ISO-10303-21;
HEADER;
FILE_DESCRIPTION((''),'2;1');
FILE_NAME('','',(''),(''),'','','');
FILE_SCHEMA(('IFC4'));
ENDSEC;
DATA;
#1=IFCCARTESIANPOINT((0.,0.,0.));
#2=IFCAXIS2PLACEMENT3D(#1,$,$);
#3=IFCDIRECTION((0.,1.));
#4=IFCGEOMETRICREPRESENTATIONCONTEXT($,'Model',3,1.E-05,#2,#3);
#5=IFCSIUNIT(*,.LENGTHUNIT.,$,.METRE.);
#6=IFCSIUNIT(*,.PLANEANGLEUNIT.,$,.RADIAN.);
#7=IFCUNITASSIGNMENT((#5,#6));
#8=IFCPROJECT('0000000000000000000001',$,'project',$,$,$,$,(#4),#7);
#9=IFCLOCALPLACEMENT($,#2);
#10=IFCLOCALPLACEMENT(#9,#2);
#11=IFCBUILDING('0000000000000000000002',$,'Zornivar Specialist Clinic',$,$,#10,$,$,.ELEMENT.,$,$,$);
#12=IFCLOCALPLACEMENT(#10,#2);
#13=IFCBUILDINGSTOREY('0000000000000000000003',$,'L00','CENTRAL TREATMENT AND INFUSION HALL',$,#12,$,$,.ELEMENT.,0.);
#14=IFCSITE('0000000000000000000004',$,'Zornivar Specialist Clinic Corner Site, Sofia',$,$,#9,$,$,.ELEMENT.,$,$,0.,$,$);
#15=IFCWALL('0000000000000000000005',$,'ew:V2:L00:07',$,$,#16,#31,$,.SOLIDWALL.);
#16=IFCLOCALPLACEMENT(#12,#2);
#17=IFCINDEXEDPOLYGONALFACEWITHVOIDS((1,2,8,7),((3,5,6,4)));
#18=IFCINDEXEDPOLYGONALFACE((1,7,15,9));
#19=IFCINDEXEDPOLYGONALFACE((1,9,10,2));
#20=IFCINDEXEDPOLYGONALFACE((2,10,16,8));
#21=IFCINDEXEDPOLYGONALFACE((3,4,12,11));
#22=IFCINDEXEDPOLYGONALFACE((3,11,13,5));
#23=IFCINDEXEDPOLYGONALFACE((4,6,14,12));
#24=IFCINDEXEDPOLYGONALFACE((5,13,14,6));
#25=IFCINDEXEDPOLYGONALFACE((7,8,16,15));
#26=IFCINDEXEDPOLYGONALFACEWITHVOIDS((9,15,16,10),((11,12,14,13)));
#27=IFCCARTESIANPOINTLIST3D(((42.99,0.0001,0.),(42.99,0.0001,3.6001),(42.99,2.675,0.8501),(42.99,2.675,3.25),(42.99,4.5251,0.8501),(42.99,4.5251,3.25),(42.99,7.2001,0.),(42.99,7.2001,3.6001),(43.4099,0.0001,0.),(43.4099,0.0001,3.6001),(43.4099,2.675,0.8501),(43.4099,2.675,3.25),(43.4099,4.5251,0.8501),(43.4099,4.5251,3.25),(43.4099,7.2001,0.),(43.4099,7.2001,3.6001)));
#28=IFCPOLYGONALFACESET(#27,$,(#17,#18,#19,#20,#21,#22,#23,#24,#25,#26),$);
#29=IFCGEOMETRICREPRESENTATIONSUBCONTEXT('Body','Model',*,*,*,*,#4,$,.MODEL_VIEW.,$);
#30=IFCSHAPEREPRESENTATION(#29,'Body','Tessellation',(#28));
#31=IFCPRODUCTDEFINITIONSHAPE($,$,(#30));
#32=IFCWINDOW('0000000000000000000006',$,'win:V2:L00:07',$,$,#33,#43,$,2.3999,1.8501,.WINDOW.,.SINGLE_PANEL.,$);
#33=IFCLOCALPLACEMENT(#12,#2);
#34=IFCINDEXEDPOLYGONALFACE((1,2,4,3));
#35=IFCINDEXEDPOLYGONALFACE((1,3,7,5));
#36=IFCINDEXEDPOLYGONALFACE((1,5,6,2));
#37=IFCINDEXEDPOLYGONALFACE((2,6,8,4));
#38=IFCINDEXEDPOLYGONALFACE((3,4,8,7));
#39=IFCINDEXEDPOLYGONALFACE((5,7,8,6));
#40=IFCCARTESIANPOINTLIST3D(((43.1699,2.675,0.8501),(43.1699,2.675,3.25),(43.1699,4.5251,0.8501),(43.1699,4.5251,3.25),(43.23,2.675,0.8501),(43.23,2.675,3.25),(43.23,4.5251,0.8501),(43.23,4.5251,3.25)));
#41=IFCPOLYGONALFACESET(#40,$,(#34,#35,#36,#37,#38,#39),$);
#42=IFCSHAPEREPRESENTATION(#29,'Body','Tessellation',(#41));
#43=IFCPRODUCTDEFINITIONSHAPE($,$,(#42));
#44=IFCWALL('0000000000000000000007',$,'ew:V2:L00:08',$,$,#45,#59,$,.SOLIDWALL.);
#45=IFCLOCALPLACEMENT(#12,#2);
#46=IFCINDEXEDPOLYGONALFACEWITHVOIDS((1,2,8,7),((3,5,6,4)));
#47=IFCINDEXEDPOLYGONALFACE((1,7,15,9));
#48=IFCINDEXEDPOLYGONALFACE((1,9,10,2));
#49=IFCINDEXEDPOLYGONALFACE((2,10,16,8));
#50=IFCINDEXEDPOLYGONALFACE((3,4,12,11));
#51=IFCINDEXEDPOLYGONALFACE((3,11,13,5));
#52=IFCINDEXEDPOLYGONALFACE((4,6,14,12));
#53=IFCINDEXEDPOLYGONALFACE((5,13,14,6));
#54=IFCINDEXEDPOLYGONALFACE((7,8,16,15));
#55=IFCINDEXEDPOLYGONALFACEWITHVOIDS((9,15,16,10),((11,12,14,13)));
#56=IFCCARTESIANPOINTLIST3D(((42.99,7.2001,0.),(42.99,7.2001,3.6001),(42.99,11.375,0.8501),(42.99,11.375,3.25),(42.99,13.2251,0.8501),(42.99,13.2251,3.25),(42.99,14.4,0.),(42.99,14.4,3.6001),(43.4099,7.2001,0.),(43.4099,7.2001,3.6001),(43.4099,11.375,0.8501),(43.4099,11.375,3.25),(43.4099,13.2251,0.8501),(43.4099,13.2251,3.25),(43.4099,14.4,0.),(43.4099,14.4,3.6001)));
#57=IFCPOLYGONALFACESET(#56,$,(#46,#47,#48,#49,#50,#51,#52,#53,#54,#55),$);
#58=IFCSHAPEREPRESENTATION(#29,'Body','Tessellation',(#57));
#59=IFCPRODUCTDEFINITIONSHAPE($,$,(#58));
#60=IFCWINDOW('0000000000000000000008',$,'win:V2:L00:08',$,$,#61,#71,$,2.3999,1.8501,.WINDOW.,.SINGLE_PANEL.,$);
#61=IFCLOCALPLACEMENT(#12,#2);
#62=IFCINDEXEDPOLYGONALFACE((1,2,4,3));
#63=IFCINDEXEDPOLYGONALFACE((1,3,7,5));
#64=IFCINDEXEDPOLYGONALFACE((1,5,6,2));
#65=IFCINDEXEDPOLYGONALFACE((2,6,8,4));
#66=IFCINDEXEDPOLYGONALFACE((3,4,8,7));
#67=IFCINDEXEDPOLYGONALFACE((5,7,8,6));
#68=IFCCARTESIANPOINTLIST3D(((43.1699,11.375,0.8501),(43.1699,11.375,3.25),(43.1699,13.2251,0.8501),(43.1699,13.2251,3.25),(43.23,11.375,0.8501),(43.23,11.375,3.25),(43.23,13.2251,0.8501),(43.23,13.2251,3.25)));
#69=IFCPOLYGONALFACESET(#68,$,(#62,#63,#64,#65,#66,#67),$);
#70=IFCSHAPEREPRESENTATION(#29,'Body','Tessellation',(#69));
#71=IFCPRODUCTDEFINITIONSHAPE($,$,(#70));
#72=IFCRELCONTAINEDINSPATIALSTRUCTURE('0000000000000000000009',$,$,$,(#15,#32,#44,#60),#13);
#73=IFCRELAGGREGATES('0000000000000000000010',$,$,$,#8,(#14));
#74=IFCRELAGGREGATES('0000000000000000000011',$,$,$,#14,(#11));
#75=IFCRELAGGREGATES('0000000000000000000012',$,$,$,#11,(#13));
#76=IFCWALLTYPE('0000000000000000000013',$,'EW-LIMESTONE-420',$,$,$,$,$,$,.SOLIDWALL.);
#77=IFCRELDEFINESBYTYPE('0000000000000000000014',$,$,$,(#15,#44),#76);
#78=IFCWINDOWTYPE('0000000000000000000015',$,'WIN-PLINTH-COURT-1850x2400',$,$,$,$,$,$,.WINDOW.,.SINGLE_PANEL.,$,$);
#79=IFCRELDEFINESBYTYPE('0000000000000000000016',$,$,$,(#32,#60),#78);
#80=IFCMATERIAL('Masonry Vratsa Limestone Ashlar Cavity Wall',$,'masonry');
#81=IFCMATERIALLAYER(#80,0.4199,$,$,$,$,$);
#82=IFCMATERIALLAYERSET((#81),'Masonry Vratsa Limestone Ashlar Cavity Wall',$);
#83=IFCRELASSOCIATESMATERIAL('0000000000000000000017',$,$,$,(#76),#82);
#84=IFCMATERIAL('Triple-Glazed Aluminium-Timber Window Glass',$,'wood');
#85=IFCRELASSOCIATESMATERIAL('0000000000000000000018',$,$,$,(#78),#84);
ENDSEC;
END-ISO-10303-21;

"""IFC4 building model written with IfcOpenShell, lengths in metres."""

from ifc_helpers import new_model, si_unit, direction, frame, frame_2d, origin, place, context, subcontext, project, spatial, rectangle, extrude, material, layer, layer_set, type_object, element, fill, save


model = new_model("IFC4")

# Units and contexts
model_context = context("Model", 3, precision=1e-05, world=origin(), true_north=direction((0.0, 1.0)))
body_context = subcontext(model_context, "Body", "Model", "MODEL_VIEW")
ifc_project = project(units=[si_unit("LENGTHUNIT", "METRE"), si_unit("PLANEANGLEUNIT", "RADIAN")], contexts=[model_context])

# Site, building, storey
site_placement = place(None, origin())
site = spatial("IfcSite", under=ifc_project, at=site_placement, Name="Zornivar Specialist Clinic Corner Site, Sofia", CompositionType="ELEMENT", RefElevation=0.0)
building_placement = place(site_placement, origin())
building = spatial("IfcBuilding", under=site, at=building_placement, Name="Zornivar Specialist Clinic", CompositionType="ELEMENT")
storey_placement = place(building_placement, origin())
storey = spatial("IfcBuildingStorey", under=building, at=storey_placement, Name="L00", Description="CENTRAL TREATMENT AND INFUSION HALL", CompositionType="ELEMENT", Elevation=0.0)

# Walls, openings, windows
ifc_material_1 = material(Name="Masonry Vratsa Limestone Ashlar Cavity Wall", Category="masonry")
ifc_layer = layer(ifc_material_1, 0.4199)
ifc_layer_set = layer_set([ifc_layer], Name="Masonry Vratsa Limestone Ashlar Cavity Wall")
wall_type = type_object("IfcWallType", Name="EW-LIMESTONE-420", PredefinedType="SOLIDWALL", material=ifc_layer_set)
wall_1_placement = place(storey_placement, frame((43.2, 0.0, 0.0), z_axis=(0.0, 0.0, 1.0), x_axis=(0.0, 1.0, 0.0)))
wall_1 = element("IfcWall", 1, at=wall_1_placement, inside=storey, type_object=wall_type, Name="ew:V2:L00:07", PredefinedType="SOLIDWALL", context=body_context, shape_type="SweptSolid", body=[
    extrude(rectangle(XDim=7.2, YDim=0.4199, at=frame_2d((3.6001, 0.0))), origin(), (0.0, 0.0, 1.0), 3.6001),
])
opening_1_placement = place(wall_1_placement, frame((2.675, 0.0, 0.8501)))
opening_1 = element("IfcOpeningElement", 2, at=opening_1_placement, cuts=wall_1, PredefinedType="OPENING", context=body_context, shape_type="SweptSolid", body=[
    extrude(rectangle(XDim=1.8501, YDim=2.3999, at=frame_2d((0.925, 1.2))), frame((0.0, 0.22, 0.0), z_axis=(0.0, -1.0, 0.0), x_axis=(1.0, 0.0, 0.0)), (0.0, 0.0, 1.0), 0.4399),
])
ifc_material_2 = material(Name="Triple-Glazed Aluminium-Timber Window Glass", Category="wood")
window_type = type_object("IfcWindowType", Name="WIN-PLINTH-COURT-1850x2400", PartitioningType="SINGLE_PANEL", PredefinedType="WINDOW", material=ifc_material_2)
window_1_placement = place(opening_1_placement, origin())
window_1 = element("IfcWindow", 3, at=window_1_placement, inside=storey, type_object=window_type, Name="win:V2:L00:07", OverallHeight=2.3999, OverallWidth=1.8501, PartitioningType="SINGLE_PANEL", PredefinedType="WINDOW", context=body_context, shape_type="SweptSolid", body=[
    extrude(rectangle(XDim=1.8501, YDim=2.3999, at=frame_2d((0.925, 1.2))), frame((0.0, 0.03, 0.0), z_axis=(0.0, -1.0, 0.0), x_axis=(1.0, 0.0, 0.0)), (0.0, 0.0, 1.0), 0.0601),
])
fill(opening_1, window_1)
wall_2_placement = place(storey_placement, frame((43.2, 7.2, 0.0), z_axis=(0.0, 0.0, 1.0), x_axis=(0.0, 1.0, 0.0)))
wall_2 = element("IfcWall", 4, at=wall_2_placement, inside=storey, type_object=wall_type, Name="ew:V2:L00:08", PredefinedType="SOLIDWALL", context=body_context, shape_type="SweptSolid", body=[
    extrude(rectangle(XDim=7.2, YDim=0.4199, at=frame_2d((3.6001, 0.0))), origin(), (0.0, 0.0, 1.0), 3.6001),
])
opening_2_placement = place(wall_2_placement, frame((4.175, 0.0, 0.8501)))
opening_2 = element("IfcOpeningElement", 5, at=opening_2_placement, cuts=wall_2, PredefinedType="OPENING", context=body_context, shape_type="SweptSolid", body=[
    extrude(rectangle(XDim=1.8501, YDim=2.3999, at=frame_2d((0.925, 1.2))), frame((0.0, 0.22, 0.0), z_axis=(0.0, -1.0, 0.0), x_axis=(1.0, 0.0, 0.0)), (0.0, 0.0, 1.0), 0.4399),
])
window_2_placement = place(opening_2_placement, origin())
window_2 = element("IfcWindow", 6, at=window_2_placement, inside=storey, type_object=window_type, Name="win:V2:L00:08", OverallHeight=2.3999, OverallWidth=1.8501, PartitioningType="SINGLE_PANEL", PredefinedType="WINDOW", context=body_context, shape_type="SweptSolid", body=[
    extrude(rectangle(XDim=1.8501, YDim=2.3999, at=frame_2d((0.925, 1.2))), frame((0.0, 0.03, 0.0), z_axis=(0.0, -1.0, 0.0), x_axis=(1.0, 0.0, 0.0)), (0.0, 0.0, 1.0), 0.0601),
])
fill(opening_2, window_2)

save(model, "model.ifc")
